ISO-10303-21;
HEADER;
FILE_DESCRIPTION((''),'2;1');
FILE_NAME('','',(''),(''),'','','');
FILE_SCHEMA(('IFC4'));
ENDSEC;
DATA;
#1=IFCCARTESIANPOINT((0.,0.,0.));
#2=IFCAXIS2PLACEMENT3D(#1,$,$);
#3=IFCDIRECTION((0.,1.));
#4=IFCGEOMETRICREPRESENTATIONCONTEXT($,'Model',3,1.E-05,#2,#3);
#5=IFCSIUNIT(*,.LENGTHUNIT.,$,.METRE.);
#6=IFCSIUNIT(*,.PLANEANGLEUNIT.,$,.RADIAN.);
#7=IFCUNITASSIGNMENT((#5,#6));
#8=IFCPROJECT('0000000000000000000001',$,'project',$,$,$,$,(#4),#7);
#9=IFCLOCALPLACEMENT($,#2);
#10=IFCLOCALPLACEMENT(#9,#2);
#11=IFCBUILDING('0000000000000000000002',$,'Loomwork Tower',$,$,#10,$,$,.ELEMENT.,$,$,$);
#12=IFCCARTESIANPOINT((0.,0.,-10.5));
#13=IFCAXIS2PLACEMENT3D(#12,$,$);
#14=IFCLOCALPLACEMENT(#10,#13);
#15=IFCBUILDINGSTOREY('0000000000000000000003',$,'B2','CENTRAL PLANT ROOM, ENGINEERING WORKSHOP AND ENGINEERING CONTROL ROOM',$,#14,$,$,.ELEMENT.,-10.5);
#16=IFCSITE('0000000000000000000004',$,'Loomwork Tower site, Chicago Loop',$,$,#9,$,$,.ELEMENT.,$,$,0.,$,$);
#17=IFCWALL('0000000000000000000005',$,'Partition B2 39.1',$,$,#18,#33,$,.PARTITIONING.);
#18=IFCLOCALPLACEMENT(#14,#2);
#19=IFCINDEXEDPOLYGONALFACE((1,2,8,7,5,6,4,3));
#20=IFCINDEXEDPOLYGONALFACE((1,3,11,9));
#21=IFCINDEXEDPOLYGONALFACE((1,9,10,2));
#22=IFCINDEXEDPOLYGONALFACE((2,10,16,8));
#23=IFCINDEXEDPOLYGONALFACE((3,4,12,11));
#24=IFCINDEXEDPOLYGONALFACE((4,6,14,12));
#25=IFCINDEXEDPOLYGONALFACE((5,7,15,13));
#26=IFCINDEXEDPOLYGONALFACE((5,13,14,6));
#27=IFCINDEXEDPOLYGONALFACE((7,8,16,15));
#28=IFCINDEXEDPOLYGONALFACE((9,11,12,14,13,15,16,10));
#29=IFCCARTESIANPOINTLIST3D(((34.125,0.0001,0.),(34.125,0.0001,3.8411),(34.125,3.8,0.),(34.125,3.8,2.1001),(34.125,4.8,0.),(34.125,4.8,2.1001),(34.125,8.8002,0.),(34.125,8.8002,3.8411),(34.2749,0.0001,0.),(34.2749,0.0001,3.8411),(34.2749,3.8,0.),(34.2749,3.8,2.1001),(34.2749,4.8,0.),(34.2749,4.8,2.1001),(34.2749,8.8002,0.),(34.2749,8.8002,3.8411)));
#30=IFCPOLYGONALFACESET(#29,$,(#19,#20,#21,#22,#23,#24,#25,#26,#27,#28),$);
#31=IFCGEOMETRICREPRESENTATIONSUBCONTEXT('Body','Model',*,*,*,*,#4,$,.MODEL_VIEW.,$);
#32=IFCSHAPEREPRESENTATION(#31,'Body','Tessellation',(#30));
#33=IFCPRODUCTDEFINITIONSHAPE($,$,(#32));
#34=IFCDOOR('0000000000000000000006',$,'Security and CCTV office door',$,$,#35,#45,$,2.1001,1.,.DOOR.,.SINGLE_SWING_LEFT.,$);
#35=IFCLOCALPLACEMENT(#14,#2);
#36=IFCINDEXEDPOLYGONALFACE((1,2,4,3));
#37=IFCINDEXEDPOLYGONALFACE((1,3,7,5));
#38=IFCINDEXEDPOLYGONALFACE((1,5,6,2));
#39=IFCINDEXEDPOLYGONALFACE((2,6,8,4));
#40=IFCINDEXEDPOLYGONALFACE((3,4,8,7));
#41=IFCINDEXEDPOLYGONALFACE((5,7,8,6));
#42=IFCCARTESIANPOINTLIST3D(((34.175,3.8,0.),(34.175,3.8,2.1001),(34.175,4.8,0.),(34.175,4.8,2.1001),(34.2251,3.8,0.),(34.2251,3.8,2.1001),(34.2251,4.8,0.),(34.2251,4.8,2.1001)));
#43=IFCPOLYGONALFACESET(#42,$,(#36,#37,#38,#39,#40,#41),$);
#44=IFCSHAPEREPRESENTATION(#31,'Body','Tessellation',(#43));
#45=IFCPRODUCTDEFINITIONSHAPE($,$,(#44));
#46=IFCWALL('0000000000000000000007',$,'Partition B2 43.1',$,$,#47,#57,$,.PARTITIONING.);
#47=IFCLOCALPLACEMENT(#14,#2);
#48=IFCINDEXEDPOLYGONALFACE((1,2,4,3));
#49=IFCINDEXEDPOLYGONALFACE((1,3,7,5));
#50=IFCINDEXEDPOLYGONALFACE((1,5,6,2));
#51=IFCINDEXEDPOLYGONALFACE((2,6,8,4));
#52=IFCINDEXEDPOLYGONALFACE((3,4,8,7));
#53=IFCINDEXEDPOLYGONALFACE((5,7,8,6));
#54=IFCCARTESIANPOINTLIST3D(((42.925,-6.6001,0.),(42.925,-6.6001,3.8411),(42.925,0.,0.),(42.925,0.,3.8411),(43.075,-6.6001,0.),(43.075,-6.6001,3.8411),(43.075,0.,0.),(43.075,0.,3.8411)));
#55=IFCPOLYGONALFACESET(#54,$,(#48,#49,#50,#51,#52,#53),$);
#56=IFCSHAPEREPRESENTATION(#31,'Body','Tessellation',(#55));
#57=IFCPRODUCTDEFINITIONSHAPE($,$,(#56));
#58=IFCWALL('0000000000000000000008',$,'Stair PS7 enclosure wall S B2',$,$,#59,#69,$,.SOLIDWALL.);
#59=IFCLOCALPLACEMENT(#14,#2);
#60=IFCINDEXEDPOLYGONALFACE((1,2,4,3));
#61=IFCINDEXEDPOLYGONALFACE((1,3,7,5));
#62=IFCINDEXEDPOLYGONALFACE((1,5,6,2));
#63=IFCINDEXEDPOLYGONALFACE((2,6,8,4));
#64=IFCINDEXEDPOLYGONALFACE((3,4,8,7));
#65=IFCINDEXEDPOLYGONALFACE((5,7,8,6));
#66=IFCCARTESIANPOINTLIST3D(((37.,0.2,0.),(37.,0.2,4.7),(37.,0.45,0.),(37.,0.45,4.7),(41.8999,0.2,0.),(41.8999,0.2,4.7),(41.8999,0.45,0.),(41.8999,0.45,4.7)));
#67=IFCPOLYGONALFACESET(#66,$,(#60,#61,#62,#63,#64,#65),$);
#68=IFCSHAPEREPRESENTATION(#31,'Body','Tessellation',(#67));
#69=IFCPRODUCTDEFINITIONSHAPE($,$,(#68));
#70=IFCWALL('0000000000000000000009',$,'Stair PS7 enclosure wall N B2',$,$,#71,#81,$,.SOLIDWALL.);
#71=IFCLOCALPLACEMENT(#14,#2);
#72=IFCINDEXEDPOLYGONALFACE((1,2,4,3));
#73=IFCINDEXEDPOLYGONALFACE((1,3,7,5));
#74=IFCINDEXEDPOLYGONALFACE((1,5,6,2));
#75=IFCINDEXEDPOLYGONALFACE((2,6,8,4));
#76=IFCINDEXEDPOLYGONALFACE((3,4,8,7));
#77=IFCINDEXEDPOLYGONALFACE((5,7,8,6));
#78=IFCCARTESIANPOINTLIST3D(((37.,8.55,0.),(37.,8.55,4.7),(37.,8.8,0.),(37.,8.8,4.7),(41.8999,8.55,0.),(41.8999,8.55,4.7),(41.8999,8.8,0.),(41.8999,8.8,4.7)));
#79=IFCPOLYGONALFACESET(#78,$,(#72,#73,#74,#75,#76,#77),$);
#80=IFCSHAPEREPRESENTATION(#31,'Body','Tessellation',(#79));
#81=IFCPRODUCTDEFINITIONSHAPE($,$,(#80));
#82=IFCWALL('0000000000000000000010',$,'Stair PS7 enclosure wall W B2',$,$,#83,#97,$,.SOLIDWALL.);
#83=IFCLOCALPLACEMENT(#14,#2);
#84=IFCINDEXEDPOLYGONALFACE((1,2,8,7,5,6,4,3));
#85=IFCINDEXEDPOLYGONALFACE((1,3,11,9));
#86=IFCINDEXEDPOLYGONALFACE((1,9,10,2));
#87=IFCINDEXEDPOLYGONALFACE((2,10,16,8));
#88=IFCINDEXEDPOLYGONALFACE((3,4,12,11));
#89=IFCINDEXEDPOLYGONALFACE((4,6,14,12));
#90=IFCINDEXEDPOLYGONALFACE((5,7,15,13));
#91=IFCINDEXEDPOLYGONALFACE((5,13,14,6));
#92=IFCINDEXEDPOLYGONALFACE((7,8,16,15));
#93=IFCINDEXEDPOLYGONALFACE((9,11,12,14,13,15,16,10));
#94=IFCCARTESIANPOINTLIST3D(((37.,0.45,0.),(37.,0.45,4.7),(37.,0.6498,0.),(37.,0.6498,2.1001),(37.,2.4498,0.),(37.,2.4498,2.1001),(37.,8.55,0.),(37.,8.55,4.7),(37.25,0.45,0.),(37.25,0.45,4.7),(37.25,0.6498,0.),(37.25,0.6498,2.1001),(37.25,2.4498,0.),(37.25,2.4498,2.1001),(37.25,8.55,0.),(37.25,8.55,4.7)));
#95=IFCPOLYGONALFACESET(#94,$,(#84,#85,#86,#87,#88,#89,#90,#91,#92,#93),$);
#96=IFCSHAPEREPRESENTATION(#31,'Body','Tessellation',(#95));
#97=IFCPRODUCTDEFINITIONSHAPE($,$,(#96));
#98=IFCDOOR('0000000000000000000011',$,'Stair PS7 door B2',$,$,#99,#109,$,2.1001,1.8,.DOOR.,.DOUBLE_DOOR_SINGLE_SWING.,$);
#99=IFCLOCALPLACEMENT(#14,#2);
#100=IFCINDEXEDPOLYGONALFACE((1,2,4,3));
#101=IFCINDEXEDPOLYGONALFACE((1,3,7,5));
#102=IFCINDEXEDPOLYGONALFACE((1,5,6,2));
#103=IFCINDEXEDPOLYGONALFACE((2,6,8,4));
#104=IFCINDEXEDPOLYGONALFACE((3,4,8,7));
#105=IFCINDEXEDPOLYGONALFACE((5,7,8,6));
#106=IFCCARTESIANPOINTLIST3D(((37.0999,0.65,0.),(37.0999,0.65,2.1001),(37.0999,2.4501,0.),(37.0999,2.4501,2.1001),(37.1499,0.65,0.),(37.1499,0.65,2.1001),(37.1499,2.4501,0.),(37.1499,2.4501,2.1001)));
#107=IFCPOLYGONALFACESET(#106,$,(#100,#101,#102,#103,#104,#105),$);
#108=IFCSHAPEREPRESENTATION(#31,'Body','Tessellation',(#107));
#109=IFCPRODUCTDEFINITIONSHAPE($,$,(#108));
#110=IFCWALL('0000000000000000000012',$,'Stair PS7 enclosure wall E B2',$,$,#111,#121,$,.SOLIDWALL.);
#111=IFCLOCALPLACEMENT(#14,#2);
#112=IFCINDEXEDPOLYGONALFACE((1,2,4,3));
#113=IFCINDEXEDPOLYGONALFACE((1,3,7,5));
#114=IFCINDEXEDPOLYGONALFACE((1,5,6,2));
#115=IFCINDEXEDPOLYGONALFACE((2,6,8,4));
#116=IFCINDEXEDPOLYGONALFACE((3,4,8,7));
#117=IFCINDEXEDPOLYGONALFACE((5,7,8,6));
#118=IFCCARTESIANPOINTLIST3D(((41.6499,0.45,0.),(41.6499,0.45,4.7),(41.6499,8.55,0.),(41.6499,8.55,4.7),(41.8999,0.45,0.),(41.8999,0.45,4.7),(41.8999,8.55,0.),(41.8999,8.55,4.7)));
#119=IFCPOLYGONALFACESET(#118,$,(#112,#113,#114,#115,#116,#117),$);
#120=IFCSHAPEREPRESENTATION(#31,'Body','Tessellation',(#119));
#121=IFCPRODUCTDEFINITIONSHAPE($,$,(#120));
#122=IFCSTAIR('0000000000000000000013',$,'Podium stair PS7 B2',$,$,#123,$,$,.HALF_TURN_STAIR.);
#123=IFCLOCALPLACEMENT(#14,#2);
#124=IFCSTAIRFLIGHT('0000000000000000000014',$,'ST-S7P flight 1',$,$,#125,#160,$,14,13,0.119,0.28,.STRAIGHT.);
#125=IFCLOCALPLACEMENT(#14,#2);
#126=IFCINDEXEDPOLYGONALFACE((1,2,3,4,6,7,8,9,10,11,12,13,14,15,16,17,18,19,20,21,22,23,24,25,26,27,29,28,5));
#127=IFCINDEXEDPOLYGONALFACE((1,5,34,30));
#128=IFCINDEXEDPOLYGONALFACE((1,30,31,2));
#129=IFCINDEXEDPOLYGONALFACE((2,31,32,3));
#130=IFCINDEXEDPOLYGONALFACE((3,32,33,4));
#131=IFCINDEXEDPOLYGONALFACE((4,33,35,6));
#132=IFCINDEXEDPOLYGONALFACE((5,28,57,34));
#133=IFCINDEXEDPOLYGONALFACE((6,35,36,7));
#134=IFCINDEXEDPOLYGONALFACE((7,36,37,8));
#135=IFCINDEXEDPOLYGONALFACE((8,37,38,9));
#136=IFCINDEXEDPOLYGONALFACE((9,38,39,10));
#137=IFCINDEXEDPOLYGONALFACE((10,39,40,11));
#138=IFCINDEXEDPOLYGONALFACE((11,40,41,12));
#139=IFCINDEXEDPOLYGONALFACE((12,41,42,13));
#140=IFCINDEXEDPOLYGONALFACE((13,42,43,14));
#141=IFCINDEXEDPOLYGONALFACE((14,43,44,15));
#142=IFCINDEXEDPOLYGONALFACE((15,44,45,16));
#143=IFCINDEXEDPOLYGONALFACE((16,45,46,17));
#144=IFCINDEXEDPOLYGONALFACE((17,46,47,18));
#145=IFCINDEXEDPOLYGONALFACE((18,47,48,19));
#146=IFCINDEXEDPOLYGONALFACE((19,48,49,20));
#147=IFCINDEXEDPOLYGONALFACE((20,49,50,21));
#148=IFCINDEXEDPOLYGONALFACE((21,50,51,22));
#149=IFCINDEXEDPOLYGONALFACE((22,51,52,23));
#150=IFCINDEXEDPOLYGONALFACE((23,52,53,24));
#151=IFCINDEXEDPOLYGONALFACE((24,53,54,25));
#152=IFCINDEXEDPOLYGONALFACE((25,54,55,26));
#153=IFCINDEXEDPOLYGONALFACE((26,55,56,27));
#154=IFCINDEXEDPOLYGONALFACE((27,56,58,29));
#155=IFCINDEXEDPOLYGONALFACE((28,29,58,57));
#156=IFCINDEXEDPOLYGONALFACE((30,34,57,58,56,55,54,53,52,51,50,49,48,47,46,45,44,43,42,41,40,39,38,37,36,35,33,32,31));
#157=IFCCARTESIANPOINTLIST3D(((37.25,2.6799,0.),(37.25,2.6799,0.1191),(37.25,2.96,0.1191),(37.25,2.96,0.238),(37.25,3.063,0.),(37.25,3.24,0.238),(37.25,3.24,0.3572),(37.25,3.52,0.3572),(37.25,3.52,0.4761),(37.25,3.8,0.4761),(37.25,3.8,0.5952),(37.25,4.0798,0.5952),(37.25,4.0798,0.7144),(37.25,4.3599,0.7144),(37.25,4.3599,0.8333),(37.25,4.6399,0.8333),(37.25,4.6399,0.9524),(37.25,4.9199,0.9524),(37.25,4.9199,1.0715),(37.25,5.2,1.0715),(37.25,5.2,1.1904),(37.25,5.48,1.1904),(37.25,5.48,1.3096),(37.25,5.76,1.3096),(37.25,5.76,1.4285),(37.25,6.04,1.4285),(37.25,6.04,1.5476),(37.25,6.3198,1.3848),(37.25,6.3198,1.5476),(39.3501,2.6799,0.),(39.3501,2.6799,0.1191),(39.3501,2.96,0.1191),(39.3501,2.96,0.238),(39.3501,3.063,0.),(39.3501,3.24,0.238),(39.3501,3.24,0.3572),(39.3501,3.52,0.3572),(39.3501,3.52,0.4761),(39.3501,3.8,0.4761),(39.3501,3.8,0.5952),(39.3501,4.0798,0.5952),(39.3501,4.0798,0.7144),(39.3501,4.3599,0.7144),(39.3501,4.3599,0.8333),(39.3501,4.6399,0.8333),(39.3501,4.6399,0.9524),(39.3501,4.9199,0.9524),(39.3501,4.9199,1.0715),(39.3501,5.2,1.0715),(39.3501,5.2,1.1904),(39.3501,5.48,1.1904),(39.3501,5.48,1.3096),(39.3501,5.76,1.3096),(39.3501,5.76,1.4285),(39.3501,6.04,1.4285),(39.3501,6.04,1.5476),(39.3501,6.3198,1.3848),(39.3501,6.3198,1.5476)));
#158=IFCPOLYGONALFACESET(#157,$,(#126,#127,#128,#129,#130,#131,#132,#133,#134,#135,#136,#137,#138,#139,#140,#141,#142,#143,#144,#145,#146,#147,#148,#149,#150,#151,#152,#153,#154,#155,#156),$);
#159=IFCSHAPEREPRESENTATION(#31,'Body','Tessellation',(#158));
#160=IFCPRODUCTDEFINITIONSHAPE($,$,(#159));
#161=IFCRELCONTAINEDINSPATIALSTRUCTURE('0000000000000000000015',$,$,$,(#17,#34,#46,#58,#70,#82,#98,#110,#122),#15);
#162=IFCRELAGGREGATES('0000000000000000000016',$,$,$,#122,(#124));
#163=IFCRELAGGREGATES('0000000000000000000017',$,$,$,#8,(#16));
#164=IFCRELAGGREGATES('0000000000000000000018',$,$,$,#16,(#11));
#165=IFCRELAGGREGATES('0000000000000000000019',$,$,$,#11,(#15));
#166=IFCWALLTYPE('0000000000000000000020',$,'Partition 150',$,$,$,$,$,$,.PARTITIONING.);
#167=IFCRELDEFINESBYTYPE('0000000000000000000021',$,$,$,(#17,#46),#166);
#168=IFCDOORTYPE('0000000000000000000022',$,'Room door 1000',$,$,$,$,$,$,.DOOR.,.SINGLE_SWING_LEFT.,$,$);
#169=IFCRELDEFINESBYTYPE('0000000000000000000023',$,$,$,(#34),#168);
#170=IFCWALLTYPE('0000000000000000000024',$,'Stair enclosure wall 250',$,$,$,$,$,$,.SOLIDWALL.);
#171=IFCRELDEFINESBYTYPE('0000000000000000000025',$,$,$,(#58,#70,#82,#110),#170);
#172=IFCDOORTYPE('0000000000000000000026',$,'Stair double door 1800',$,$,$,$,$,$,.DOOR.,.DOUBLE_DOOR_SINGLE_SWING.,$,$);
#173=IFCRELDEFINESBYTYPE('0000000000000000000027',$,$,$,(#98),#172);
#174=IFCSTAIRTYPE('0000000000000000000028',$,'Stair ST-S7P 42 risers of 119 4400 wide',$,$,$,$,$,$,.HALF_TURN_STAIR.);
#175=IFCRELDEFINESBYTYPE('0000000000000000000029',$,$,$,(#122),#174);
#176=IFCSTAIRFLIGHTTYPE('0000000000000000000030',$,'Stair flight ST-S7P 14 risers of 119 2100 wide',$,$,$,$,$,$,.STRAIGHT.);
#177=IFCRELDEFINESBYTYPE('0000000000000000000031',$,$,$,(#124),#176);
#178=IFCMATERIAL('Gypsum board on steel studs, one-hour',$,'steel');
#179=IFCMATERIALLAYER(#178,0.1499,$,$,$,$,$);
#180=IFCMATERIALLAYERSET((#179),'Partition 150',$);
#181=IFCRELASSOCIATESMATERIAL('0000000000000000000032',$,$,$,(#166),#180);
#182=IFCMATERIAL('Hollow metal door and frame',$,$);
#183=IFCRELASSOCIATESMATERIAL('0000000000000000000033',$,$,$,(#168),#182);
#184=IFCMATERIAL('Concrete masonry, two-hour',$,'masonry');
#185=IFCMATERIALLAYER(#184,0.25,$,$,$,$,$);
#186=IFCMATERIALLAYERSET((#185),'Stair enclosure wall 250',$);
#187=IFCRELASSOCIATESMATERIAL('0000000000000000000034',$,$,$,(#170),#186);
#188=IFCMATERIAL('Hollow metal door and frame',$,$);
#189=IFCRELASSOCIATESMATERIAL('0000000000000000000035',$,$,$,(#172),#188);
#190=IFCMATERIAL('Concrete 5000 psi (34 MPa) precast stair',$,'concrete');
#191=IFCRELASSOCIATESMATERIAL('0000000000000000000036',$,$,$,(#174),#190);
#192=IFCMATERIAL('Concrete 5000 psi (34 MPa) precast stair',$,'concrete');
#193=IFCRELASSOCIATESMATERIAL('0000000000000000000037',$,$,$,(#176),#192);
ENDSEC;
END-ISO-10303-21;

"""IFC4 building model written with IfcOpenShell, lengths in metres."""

from ifc_helpers import new_model, si_unit, direction, frame, frame_2d, origin, place, context, subcontext, project, spatial, polyline, rectangle, outline, extrude, material, layer, layer_set, type_object, element, fill, aggregate, save


model = new_model("IFC4")

# Units and contexts
model_context = context("Model", 3, precision=1e-05, world=origin(), true_north=direction((0.0, 1.0)))
body_context = subcontext(model_context, "Body", "Model", "MODEL_VIEW")
ifc_project = project(units=[si_unit("LENGTHUNIT", "METRE"), si_unit("PLANEANGLEUNIT", "RADIAN")], contexts=[model_context])

# Site, building, storey
site_placement = place(None, origin())
site = spatial("IfcSite", under=ifc_project, at=site_placement, Name="Loomwork Tower site, Chicago Loop", CompositionType="ELEMENT", RefElevation=0.0)
building_placement = place(site_placement, origin())
building = spatial("IfcBuilding", under=site, at=building_placement, Name="Loomwork Tower", CompositionType="ELEMENT")
storey_placement = place(building_placement, frame((0.0, 0.0, -10.5)))
storey = spatial("IfcBuildingStorey", under=building, at=storey_placement, Name="B2", Description="CENTRAL PLANT ROOM, ENGINEERING WORKSHOP AND ENGINEERING CONTROL ROOM", CompositionType="ELEMENT", Elevation=-10.5)

# Shared definitions
ifc_material_1 = material(Name="Gypsum board on steel studs, one-hour", Category="steel")
ifc_layer_1 = layer(ifc_material_1, 0.1499)
ifc_layer_set_1 = layer_set([ifc_layer_1], Name="Partition 150")
wall_type_1 = type_object("IfcWallType", Name="Partition 150", PredefinedType="PARTITIONING", material=ifc_layer_set_1)

# Wall, opening, door
wall_1_placement = place(storey_placement, frame((34.2, 8.8, 0.0), z_axis=(0.0, 0.0, 1.0), x_axis=(0.0, -1.0, 0.0)))
wall_1 = element("IfcWall", 1, at=wall_1_placement, inside=storey, type_object=wall_type_1, Name="Partition B2 39.1", PredefinedType="PARTITIONING", context=body_context, shape_type="SweptSolid", body=[
    extrude(rectangle(XDim=8.8, YDim=0.1499, at=frame_2d((4.3999, 0.0))), origin(), (0.0, 0.0, 1.0), 3.8411),
])
opening_1_placement = place(wall_1_placement, frame((4.0, 0.0, 0.0)))
opening_1 = element("IfcOpeningElement", 2, at=opening_1_placement, cuts=wall_1, PredefinedType="OPENING", context=body_context, shape_type="SweptSolid", body=[
    extrude(rectangle(XDim=1.0, YDim=2.1001, at=frame_2d((0.5, 1.05))), frame((0.0, 0.085, 0.0), z_axis=(0.0, -1.0, 0.0), x_axis=(1.0, 0.0, 0.0)), (0.0, 0.0, 1.0), 0.1699),
])
ifc_material_2 = material(Name="Hollow metal door and frame")
door_type_1 = type_object("IfcDoorType", Name="Room door 1000", OperationType="SINGLE_SWING_LEFT", PredefinedType="DOOR", material=ifc_material_2)
door_1_placement = place(opening_1_placement, frame((1.0, 0.0, 0.0), z_axis=(0.0, 0.0, 1.0), x_axis=(-1.0, 0.0, 0.0)))
door_1 = element("IfcDoor", 3, at=door_1_placement, inside=storey, type_object=door_type_1, Name="Security and CCTV office door", OperationType="SINGLE_SWING_LEFT", OverallHeight=2.1001, OverallWidth=1.0, PredefinedType="DOOR", context=body_context, shape_type="SweptSolid", body=[
    extrude(rectangle(XDim=1.0, YDim=2.1001, at=frame_2d((0.5, 1.05))), frame((0.0, 0.0249, 0.0), z_axis=(0.0, -1.0, 0.0), x_axis=(1.0, 0.0, 0.0)), (0.0, 0.0, 1.0), 0.05),
])
fill(opening_1, door_1)

# Walls
wall_2_placement = place(storey_placement, frame((43.0, 0.0, 0.0), z_axis=(0.0, 0.0, 1.0), x_axis=(0.0, -1.0, 0.0)))
element("IfcWall", 4, at=wall_2_placement, inside=storey, type_object=wall_type_1, Name="Partition B2 43.1", PredefinedType="PARTITIONING", context=body_context, shape_type="SweptSolid", body=[
    extrude(rectangle(XDim=6.6001, YDim=0.1499, at=frame_2d((3.3, 0.0))), origin(), (0.0, 0.0, 1.0), 3.8411),
])
ifc_material_3 = material(Name="Concrete masonry, two-hour", Category="masonry")
ifc_layer_2 = layer(ifc_material_3, 0.25)
ifc_layer_set_2 = layer_set([ifc_layer_2], Name="Stair enclosure wall 250")
wall_type_2 = type_object("IfcWallType", Name="Stair enclosure wall 250", PredefinedType="SOLIDWALL", material=ifc_layer_set_2)
for number, where, z_axis, x_axis, name in (
    (5, (37.0, 0.325, 0.0), (0.0, 0.0, 1.0), (1.0, 0.0, 0.0), "Stair PS7 enclosure wall S B2"),
    (6, (37.0, 8.675, 0.0), (0.0, 0.0, 1.0), (1.0, 0.0, 0.0), "Stair PS7 enclosure wall N B2"),
):
    element("IfcWall", number, at=place(storey_placement, frame(where, z_axis=z_axis, x_axis=x_axis)), inside=storey, type_object=wall_type_2, Name=name, PredefinedType="SOLIDWALL", context=body_context, shape_type="SweptSolid", body=[
        extrude(rectangle(XDim=4.8999, YDim=0.25, at=frame_2d((2.45, 0.0))), origin(), (0.0, 0.0, 1.0), 4.7),
    ])

# Wall, opening, door
wall_3_placement = place(storey_placement, frame((37.125, 0.45, 0.0), z_axis=(0.0, 0.0, 1.0), x_axis=(0.0, 1.0, 0.0)))
wall_3 = element("IfcWall", 7, at=wall_3_placement, inside=storey, type_object=wall_type_2, Name="Stair PS7 enclosure wall W B2", PredefinedType="SOLIDWALL", context=body_context, shape_type="SweptSolid", body=[
    extrude(rectangle(XDim=8.1001, YDim=0.25, at=frame_2d((4.05, 0.0))), origin(), (0.0, 0.0, 1.0), 4.7),
])
opening_2_placement = place(wall_3_placement, frame((0.2, 0.0, 0.0)))
opening_2 = element("IfcOpeningElement", 8, at=opening_2_placement, cuts=wall_3, PredefinedType="OPENING", context=body_context, shape_type="SweptSolid", body=[
    extrude(rectangle(XDim=1.8, YDim=2.1001, at=frame_2d((0.8999, 1.05))), frame((0.0, 0.135, 0.0), z_axis=(0.0, -1.0, 0.0), x_axis=(1.0, 0.0, 0.0)), (0.0, 0.0, 1.0), 0.27),
])
ifc_material_4 = material(Name="Hollow metal door and frame")
door_type_2 = type_object("IfcDoorType", Name="Stair double door 1800", OperationType="DOUBLE_DOOR_SINGLE_SWING", PredefinedType="DOOR", material=ifc_material_4)
door_2_placement = place(opening_2_placement, frame((1.8, 0.0, 0.0), z_axis=(0.0, 0.0, 1.0), x_axis=(-1.0, 0.0, 0.0)))
door_2 = element("IfcDoor", 9, at=door_2_placement, inside=storey, type_object=door_type_2, Name="Stair PS7 door B2", OperationType="DOUBLE_DOOR_SINGLE_SWING", OverallHeight=2.1001, OverallWidth=1.8, PredefinedType="DOOR", context=body_context, shape_type="SweptSolid", body=[
    extrude(rectangle(XDim=1.8, YDim=2.1001, at=frame_2d((0.8999, 1.05))), frame((0.0, 0.0249, 0.0), z_axis=(0.0, -1.0, 0.0), x_axis=(1.0, 0.0, 0.0)), (0.0, 0.0, 1.0), 0.05),
])
fill(opening_2, door_2)

# Wall
wall_4_placement = place(storey_placement, frame((41.7749, 0.45, 0.0), z_axis=(0.0, 0.0, 1.0), x_axis=(0.0, 1.0, 0.0)))
element("IfcWall", 10, at=wall_4_placement, inside=storey, type_object=wall_type_2, Name="Stair PS7 enclosure wall E B2", PredefinedType="SOLIDWALL", context=body_context, shape_type="SweptSolid", body=[
    extrude(rectangle(XDim=8.1001, YDim=0.25, at=frame_2d((4.05, 0.0))), origin(), (0.0, 0.0, 1.0), 4.7),
])

# Stair, stair flight
ifc_material_5 = material(Name="Concrete 5000 psi (34 MPa) precast stair", Category="concrete")
stair_type = type_object("IfcStairType", Name="Stair ST-S7P 42 risers of 119 4400 wide", PredefinedType="HALF_TURN_STAIR", material=ifc_material_5)
stair_placement = place(storey_placement, origin())
stair = element("IfcStair", 11, at=stair_placement, inside=storey, type_object=stair_type, Name="Podium stair PS7 B2", PredefinedType="HALF_TURN_STAIR")
ifc_material_6 = material(Name="Concrete 5000 psi (34 MPa) precast stair", Category="concrete")
stair_flight_type = type_object("IfcStairFlightType", Name="Stair flight ST-S7P 14 risers of 119 2100 wide", PredefinedType="STRAIGHT", material=ifc_material_6)
stair_flight_1_placement = place(storey_placement, frame((38.3, 2.6799, 0.0), z_axis=(0.0, 0.0, 1.0), x_axis=(0.0, 1.0, 0.0)))
stair_flight_1 = element("IfcStairFlight", 12, at=stair_flight_1_placement, type_object=stair_flight_type, Name="ST-S7P flight 1", NumberOfRisers=14, NumberOfTreads=13, PredefinedType="STRAIGHT", RiserHeight=0.119, TreadLength=0.28, context=body_context, shape_type="SweptSolid", body=[
    extrude(outline(polyline([(0.0, 0.0), (0.0, 0.1191), (0.28, 0.1191), (0.28, 0.238), (0.5601, 0.238), (0.5601, 0.3572), (0.8401, 0.3572), (0.8401, 0.4761), (1.1201, 0.4761), (1.1201, 0.5952), (1.3999, 0.5952), (1.3999, 0.7144), (1.6799, 0.7144), (1.6799, 0.8333), (1.96, 0.8333), (1.96, 0.9524), (2.24, 0.9524), (2.24, 1.0715), (2.52, 1.0715), (2.52, 1.1904), (2.8, 1.1904), (2.8, 1.3096), (3.0801, 1.3096), (3.0801, 1.4285), (3.3601, 1.4285), (3.3601, 1.5476), (3.6399, 1.5476), (3.6399, 1.6667), (3.6399, 1.3848), (0.3831, 0.0), (0.0, 0.0)])), frame((0.0, 1.05, 0.0), z_axis=(0.0, -1.0, 0.0), x_axis=(1.0, 0.0, 0.0)), (0.0, 0.0, 1.0), 2.1001),
])
aggregate(stair, [stair_flight_1])

save(model, "model.ifc")
